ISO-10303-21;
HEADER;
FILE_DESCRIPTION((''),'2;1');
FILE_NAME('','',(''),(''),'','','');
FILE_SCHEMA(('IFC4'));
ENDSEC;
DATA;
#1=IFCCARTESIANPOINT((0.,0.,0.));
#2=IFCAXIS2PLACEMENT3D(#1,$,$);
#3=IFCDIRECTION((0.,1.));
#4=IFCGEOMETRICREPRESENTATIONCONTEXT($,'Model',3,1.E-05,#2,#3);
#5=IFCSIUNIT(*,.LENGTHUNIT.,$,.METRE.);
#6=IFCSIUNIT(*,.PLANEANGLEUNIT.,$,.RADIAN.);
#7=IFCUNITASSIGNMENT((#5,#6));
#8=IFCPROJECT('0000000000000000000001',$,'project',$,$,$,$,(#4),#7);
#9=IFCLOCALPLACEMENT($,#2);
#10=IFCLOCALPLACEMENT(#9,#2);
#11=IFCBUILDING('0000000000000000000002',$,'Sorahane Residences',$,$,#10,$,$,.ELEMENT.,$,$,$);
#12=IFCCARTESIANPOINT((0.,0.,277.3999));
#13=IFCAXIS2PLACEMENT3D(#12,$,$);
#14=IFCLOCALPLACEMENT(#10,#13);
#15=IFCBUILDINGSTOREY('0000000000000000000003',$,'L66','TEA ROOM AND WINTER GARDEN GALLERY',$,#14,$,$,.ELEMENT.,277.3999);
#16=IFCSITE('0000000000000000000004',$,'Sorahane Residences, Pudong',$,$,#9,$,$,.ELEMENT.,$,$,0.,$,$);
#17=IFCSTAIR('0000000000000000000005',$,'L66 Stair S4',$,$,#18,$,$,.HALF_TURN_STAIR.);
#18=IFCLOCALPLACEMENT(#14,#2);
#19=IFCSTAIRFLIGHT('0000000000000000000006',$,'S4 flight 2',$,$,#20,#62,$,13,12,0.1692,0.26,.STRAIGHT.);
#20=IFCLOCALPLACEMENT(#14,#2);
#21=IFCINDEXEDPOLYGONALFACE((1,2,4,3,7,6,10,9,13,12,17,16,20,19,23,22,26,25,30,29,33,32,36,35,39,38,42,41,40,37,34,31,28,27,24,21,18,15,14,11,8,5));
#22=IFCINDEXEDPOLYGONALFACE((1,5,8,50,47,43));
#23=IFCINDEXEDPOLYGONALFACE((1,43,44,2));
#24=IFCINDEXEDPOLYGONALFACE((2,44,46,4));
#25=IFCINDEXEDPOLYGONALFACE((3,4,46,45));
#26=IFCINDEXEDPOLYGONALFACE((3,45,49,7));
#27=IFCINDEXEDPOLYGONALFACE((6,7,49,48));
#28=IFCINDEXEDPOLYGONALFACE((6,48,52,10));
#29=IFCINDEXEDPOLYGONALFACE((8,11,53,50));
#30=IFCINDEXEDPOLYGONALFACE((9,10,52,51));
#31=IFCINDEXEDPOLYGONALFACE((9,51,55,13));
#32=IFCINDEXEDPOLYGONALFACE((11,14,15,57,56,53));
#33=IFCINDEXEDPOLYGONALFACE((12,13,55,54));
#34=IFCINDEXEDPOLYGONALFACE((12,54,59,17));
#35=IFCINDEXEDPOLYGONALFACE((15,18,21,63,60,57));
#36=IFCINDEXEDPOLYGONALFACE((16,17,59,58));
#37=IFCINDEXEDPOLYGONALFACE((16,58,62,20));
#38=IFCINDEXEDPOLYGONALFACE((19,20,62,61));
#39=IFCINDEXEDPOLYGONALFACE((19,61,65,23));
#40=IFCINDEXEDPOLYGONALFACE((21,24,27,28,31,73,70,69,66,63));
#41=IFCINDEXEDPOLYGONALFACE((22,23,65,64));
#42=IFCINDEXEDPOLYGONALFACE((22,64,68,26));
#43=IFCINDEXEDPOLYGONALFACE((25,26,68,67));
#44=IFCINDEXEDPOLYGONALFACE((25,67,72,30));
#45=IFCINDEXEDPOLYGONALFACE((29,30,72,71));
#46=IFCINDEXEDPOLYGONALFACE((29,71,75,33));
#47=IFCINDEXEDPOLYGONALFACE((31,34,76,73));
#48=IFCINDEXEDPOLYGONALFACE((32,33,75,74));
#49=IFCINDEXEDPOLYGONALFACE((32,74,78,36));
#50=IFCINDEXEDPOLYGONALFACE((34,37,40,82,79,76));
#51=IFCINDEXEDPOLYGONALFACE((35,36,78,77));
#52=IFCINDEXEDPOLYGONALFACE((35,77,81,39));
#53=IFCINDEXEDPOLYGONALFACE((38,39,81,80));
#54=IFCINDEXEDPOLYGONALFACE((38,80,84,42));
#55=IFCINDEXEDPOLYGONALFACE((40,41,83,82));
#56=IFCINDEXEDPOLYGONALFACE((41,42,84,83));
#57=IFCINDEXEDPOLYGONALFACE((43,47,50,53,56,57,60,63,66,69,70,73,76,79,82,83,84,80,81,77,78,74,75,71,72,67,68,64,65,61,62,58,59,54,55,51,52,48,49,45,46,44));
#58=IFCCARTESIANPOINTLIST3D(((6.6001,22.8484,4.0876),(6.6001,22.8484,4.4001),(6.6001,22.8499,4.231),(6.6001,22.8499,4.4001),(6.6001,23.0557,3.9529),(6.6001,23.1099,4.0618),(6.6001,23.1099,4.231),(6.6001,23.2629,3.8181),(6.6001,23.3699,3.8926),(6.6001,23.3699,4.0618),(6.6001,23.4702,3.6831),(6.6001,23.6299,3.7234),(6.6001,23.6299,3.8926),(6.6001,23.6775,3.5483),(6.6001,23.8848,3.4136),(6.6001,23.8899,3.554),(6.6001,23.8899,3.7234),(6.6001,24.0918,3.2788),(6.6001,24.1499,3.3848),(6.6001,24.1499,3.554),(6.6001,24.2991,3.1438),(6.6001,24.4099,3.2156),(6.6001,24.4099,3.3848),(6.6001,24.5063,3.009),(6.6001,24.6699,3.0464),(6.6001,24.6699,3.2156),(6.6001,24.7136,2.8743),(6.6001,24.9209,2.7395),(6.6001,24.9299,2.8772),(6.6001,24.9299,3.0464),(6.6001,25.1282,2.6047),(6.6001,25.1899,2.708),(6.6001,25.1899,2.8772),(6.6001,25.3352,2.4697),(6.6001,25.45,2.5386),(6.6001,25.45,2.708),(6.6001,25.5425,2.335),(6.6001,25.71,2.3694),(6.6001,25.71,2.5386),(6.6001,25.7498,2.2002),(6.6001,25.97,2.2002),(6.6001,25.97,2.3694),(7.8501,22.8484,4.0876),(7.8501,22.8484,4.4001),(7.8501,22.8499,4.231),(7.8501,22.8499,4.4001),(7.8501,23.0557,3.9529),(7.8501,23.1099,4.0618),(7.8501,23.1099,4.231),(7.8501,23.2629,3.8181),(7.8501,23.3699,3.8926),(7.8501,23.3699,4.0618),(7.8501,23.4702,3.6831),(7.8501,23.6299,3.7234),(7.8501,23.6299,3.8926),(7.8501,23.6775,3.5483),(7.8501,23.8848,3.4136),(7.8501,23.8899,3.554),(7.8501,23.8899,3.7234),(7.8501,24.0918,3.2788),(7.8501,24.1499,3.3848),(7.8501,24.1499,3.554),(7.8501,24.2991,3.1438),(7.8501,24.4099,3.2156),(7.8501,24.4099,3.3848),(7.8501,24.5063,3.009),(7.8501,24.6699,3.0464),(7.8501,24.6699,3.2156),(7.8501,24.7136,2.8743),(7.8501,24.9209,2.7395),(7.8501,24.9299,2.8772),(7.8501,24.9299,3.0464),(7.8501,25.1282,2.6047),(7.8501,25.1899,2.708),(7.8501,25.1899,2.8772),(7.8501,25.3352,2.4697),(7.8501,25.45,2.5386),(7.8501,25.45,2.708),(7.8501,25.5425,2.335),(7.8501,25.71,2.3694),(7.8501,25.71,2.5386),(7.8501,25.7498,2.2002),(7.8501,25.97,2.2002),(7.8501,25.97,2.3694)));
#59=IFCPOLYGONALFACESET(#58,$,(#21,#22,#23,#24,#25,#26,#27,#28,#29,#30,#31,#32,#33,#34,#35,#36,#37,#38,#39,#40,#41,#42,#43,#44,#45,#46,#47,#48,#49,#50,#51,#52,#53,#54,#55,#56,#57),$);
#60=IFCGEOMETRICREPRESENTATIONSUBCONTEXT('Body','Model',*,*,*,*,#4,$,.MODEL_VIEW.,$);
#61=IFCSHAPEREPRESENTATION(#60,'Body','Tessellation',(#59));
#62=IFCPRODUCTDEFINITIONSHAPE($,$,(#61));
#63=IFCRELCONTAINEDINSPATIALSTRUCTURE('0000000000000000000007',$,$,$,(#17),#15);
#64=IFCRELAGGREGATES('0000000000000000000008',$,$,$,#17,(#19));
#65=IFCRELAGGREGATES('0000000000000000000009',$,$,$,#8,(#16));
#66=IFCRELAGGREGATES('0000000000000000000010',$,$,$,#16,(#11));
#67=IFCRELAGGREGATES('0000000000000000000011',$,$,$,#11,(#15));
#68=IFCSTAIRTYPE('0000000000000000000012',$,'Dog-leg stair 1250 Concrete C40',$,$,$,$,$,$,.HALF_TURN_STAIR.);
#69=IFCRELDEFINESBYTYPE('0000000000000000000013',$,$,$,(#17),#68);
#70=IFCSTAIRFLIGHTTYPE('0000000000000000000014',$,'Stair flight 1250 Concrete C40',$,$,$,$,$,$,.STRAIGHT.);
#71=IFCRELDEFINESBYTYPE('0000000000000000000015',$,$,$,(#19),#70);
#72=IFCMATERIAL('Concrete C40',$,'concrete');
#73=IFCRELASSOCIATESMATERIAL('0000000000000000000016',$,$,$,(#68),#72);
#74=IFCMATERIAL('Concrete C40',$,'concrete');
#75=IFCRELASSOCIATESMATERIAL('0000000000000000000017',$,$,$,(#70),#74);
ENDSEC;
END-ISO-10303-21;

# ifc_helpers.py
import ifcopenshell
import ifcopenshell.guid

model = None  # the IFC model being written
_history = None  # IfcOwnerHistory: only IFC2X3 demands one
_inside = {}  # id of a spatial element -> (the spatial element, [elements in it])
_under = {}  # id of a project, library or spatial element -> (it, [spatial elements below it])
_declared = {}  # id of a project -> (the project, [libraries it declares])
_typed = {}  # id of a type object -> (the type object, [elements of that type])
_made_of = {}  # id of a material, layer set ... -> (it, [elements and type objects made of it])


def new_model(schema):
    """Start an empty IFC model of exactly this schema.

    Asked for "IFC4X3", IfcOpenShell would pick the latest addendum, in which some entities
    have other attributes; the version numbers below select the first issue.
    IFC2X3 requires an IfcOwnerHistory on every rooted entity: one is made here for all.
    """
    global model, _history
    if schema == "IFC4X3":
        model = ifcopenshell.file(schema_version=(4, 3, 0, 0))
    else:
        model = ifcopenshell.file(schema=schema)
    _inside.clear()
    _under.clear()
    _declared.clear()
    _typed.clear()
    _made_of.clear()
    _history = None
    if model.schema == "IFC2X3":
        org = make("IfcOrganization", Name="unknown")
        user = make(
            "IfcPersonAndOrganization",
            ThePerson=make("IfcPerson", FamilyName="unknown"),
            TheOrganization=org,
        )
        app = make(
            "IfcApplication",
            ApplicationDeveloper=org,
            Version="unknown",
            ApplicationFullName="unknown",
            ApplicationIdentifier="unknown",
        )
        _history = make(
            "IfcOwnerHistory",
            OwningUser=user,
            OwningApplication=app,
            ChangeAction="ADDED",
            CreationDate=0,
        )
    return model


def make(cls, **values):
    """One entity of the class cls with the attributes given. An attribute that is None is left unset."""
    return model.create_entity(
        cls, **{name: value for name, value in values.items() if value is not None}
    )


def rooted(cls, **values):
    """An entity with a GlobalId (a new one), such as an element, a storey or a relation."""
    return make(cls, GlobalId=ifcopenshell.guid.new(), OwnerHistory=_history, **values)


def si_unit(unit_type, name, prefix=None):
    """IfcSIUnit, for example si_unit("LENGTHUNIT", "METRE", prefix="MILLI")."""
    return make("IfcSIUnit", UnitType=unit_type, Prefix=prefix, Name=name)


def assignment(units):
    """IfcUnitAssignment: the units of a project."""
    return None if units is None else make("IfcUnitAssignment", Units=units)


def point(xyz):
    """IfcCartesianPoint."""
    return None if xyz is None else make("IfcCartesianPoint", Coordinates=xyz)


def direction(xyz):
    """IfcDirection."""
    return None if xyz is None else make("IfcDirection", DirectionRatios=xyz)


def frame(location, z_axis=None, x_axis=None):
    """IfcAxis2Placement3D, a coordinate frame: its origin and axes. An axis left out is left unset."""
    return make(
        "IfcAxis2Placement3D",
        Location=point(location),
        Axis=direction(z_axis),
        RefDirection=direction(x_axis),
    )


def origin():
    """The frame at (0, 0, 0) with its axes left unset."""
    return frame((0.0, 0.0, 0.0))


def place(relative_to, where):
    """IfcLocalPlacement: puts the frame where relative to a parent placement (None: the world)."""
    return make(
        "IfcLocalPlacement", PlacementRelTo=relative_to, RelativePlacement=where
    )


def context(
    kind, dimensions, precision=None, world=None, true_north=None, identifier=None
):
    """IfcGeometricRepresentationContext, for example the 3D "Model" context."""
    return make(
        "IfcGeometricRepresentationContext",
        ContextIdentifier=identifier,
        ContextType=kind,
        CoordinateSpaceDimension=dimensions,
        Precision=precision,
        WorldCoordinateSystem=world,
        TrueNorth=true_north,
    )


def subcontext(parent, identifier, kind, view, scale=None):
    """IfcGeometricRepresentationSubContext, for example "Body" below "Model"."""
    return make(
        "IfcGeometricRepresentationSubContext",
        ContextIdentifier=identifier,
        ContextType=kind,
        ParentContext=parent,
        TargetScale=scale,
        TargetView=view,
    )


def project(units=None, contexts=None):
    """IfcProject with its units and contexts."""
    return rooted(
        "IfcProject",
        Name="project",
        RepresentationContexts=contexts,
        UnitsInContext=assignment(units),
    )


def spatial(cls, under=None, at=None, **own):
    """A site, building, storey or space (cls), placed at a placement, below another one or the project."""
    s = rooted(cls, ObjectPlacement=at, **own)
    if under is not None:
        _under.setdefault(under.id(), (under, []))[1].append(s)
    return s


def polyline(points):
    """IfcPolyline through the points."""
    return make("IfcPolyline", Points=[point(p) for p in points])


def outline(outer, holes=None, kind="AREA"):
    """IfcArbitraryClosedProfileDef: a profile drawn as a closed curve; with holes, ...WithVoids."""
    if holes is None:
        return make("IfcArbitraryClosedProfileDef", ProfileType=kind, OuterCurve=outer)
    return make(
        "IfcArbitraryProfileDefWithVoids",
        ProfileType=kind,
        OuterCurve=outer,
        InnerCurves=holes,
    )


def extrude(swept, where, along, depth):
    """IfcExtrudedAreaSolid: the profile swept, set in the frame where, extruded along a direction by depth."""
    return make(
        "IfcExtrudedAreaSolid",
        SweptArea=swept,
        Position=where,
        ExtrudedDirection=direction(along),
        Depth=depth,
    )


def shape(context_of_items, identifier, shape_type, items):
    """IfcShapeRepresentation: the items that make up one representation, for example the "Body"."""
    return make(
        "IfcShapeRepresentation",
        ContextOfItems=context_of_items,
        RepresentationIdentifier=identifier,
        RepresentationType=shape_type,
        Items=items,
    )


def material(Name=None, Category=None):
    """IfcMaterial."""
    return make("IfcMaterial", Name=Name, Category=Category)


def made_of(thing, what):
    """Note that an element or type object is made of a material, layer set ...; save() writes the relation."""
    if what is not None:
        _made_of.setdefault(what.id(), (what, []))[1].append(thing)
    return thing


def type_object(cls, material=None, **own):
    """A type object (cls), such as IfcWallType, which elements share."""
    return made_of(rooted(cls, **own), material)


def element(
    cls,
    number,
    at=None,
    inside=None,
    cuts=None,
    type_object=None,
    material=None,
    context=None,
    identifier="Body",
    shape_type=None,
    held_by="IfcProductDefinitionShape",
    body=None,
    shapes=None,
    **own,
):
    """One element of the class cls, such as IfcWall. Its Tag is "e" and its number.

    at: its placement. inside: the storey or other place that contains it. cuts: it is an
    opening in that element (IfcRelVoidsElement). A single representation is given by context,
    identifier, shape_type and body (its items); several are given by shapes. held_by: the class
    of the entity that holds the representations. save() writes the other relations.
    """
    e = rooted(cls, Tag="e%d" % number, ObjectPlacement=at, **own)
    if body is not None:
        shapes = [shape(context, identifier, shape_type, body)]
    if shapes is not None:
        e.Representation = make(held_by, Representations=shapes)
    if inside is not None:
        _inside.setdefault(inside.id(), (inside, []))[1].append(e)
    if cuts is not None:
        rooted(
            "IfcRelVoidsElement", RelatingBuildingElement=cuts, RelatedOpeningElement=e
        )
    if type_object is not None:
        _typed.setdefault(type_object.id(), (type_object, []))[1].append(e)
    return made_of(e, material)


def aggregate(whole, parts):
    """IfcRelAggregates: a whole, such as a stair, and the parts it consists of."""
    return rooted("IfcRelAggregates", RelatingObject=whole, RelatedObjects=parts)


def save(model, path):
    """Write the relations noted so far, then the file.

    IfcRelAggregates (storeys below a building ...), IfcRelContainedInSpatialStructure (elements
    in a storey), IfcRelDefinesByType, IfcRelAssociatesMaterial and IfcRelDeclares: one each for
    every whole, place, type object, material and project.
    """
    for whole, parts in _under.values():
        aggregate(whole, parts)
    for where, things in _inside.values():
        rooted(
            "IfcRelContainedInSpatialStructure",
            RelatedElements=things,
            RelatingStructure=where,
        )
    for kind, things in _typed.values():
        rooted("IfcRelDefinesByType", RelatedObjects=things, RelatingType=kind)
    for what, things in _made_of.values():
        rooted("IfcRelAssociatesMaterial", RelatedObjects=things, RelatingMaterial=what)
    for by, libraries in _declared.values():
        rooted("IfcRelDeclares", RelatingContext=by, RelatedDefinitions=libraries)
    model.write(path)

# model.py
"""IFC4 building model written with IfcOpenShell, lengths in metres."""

from ifc_helpers import new_model, si_unit, direction, frame, origin, place, context, subcontext, project, spatial, polyline, outline, extrude, material, type_object, element, aggregate, save


model = new_model("IFC4")

# Units and contexts
model_context = context("Model", 3, precision=1e-05, world=origin(), true_north=direction((0.0, 1.0)))
body_context = subcontext(model_context, "Body", "Model", "MODEL_VIEW")
ifc_project = project(units=[si_unit("LENGTHUNIT", "METRE"), si_unit("PLANEANGLEUNIT", "RADIAN")], contexts=[model_context])

# Site, building, storey
site_placement = place(None, origin())
site = spatial("IfcSite", under=ifc_project, at=site_placement, Name="Sorahane Residences, Pudong", CompositionType="ELEMENT", RefElevation=0.0)
building_placement = place(site_placement, origin())
building = spatial("IfcBuilding", under=site, at=building_placement, Name="Sorahane Residences", CompositionType="ELEMENT")
storey_placement = place(building_placement, frame((0.0, 0.0, 277.3999)))
storey = spatial("IfcBuildingStorey", under=building, at=storey_placement, Name="L66", Description="TEA ROOM AND WINTER GARDEN GALLERY", CompositionType="ELEMENT", Elevation=277.3999)

# Stair, stair flight
ifc_material_1 = material(Name="Concrete C40", Category="concrete")
stair_type = type_object("IfcStairType", Name="Dog-leg stair 1250 Concrete C40", PredefinedType="HALF_TURN_STAIR", material=ifc_material_1)
stair_placement = place(storey_placement, origin())
stair = element("IfcStair", 1, at=stair_placement, inside=storey, type_object=stair_type, Name="L66 Stair S4", PredefinedType="HALF_TURN_STAIR")
ifc_material_2 = material(Name="Concrete C40", Category="concrete")
stair_flight_type = type_object("IfcStairFlightType", Name="Stair flight 1250 Concrete C40", PredefinedType="STRAIGHT", material=ifc_material_2)
stair_flight_placement = place(storey_placement, frame((7.2251, 25.97, 2.2002), z_axis=(0.0, 0.0, 1.0), x_axis=(0.0, -1.0, 0.0)))
stair_flight = element("IfcStairFlight", 2, at=stair_flight_placement, type_object=stair_flight_type, Name="S4 flight 2", NumberOfRisers=13, NumberOfTreads=12, PredefinedType="STRAIGHT", RiserHeight=0.1692, TreadLength=0.26, context=body_context, shape_type="SweptSolid", body=[
    extrude(outline(polyline([(0.0, 0.0), (0.0, 0.1692), (0.26, 0.1692), (0.26, 0.3384), (0.52, 0.3384), (0.52, 0.5078), (0.78, 0.5078), (0.78, 0.677), (1.04, 0.677), (1.04, 0.8462), (1.3, 0.8462), (1.3, 1.0154), (1.5601, 1.0154), (1.5601, 1.1846), (1.8201, 1.1846), (1.8201, 1.3538), (2.0801, 1.3538), (2.0801, 1.5232), (2.3401, 1.5232), (2.3401, 1.6924), (2.6001, 1.6924), (2.6001, 1.8616), (2.8601, 1.8616), (2.8601, 2.0308), (3.1201, 2.0308), (3.1201, 2.2), (3.1216, 2.2), (3.1216, 1.8875), (2.9143, 1.7527), (2.707, 1.6179), (2.4998, 1.4829), (2.2925, 1.3481), (2.0852, 1.2134), (1.8782, 1.0786), (1.6709, 0.9436), (1.4636, 0.8088), (1.2563, 0.6741), (1.0491, 0.5393), (0.8418, 0.4045), (0.6348, 0.2695), (0.4275, 0.1348), (0.2202, 0.0), (0.0, 0.0)])), frame((0.0, 0.625, 0.0), z_axis=(0.0, -1.0, 0.0), x_axis=(1.0, 0.0, 0.0)), (0.0, 0.0, 1.0), 1.25),
])
aggregate(stair, [stair_flight])

save(model, "model.ifc")
